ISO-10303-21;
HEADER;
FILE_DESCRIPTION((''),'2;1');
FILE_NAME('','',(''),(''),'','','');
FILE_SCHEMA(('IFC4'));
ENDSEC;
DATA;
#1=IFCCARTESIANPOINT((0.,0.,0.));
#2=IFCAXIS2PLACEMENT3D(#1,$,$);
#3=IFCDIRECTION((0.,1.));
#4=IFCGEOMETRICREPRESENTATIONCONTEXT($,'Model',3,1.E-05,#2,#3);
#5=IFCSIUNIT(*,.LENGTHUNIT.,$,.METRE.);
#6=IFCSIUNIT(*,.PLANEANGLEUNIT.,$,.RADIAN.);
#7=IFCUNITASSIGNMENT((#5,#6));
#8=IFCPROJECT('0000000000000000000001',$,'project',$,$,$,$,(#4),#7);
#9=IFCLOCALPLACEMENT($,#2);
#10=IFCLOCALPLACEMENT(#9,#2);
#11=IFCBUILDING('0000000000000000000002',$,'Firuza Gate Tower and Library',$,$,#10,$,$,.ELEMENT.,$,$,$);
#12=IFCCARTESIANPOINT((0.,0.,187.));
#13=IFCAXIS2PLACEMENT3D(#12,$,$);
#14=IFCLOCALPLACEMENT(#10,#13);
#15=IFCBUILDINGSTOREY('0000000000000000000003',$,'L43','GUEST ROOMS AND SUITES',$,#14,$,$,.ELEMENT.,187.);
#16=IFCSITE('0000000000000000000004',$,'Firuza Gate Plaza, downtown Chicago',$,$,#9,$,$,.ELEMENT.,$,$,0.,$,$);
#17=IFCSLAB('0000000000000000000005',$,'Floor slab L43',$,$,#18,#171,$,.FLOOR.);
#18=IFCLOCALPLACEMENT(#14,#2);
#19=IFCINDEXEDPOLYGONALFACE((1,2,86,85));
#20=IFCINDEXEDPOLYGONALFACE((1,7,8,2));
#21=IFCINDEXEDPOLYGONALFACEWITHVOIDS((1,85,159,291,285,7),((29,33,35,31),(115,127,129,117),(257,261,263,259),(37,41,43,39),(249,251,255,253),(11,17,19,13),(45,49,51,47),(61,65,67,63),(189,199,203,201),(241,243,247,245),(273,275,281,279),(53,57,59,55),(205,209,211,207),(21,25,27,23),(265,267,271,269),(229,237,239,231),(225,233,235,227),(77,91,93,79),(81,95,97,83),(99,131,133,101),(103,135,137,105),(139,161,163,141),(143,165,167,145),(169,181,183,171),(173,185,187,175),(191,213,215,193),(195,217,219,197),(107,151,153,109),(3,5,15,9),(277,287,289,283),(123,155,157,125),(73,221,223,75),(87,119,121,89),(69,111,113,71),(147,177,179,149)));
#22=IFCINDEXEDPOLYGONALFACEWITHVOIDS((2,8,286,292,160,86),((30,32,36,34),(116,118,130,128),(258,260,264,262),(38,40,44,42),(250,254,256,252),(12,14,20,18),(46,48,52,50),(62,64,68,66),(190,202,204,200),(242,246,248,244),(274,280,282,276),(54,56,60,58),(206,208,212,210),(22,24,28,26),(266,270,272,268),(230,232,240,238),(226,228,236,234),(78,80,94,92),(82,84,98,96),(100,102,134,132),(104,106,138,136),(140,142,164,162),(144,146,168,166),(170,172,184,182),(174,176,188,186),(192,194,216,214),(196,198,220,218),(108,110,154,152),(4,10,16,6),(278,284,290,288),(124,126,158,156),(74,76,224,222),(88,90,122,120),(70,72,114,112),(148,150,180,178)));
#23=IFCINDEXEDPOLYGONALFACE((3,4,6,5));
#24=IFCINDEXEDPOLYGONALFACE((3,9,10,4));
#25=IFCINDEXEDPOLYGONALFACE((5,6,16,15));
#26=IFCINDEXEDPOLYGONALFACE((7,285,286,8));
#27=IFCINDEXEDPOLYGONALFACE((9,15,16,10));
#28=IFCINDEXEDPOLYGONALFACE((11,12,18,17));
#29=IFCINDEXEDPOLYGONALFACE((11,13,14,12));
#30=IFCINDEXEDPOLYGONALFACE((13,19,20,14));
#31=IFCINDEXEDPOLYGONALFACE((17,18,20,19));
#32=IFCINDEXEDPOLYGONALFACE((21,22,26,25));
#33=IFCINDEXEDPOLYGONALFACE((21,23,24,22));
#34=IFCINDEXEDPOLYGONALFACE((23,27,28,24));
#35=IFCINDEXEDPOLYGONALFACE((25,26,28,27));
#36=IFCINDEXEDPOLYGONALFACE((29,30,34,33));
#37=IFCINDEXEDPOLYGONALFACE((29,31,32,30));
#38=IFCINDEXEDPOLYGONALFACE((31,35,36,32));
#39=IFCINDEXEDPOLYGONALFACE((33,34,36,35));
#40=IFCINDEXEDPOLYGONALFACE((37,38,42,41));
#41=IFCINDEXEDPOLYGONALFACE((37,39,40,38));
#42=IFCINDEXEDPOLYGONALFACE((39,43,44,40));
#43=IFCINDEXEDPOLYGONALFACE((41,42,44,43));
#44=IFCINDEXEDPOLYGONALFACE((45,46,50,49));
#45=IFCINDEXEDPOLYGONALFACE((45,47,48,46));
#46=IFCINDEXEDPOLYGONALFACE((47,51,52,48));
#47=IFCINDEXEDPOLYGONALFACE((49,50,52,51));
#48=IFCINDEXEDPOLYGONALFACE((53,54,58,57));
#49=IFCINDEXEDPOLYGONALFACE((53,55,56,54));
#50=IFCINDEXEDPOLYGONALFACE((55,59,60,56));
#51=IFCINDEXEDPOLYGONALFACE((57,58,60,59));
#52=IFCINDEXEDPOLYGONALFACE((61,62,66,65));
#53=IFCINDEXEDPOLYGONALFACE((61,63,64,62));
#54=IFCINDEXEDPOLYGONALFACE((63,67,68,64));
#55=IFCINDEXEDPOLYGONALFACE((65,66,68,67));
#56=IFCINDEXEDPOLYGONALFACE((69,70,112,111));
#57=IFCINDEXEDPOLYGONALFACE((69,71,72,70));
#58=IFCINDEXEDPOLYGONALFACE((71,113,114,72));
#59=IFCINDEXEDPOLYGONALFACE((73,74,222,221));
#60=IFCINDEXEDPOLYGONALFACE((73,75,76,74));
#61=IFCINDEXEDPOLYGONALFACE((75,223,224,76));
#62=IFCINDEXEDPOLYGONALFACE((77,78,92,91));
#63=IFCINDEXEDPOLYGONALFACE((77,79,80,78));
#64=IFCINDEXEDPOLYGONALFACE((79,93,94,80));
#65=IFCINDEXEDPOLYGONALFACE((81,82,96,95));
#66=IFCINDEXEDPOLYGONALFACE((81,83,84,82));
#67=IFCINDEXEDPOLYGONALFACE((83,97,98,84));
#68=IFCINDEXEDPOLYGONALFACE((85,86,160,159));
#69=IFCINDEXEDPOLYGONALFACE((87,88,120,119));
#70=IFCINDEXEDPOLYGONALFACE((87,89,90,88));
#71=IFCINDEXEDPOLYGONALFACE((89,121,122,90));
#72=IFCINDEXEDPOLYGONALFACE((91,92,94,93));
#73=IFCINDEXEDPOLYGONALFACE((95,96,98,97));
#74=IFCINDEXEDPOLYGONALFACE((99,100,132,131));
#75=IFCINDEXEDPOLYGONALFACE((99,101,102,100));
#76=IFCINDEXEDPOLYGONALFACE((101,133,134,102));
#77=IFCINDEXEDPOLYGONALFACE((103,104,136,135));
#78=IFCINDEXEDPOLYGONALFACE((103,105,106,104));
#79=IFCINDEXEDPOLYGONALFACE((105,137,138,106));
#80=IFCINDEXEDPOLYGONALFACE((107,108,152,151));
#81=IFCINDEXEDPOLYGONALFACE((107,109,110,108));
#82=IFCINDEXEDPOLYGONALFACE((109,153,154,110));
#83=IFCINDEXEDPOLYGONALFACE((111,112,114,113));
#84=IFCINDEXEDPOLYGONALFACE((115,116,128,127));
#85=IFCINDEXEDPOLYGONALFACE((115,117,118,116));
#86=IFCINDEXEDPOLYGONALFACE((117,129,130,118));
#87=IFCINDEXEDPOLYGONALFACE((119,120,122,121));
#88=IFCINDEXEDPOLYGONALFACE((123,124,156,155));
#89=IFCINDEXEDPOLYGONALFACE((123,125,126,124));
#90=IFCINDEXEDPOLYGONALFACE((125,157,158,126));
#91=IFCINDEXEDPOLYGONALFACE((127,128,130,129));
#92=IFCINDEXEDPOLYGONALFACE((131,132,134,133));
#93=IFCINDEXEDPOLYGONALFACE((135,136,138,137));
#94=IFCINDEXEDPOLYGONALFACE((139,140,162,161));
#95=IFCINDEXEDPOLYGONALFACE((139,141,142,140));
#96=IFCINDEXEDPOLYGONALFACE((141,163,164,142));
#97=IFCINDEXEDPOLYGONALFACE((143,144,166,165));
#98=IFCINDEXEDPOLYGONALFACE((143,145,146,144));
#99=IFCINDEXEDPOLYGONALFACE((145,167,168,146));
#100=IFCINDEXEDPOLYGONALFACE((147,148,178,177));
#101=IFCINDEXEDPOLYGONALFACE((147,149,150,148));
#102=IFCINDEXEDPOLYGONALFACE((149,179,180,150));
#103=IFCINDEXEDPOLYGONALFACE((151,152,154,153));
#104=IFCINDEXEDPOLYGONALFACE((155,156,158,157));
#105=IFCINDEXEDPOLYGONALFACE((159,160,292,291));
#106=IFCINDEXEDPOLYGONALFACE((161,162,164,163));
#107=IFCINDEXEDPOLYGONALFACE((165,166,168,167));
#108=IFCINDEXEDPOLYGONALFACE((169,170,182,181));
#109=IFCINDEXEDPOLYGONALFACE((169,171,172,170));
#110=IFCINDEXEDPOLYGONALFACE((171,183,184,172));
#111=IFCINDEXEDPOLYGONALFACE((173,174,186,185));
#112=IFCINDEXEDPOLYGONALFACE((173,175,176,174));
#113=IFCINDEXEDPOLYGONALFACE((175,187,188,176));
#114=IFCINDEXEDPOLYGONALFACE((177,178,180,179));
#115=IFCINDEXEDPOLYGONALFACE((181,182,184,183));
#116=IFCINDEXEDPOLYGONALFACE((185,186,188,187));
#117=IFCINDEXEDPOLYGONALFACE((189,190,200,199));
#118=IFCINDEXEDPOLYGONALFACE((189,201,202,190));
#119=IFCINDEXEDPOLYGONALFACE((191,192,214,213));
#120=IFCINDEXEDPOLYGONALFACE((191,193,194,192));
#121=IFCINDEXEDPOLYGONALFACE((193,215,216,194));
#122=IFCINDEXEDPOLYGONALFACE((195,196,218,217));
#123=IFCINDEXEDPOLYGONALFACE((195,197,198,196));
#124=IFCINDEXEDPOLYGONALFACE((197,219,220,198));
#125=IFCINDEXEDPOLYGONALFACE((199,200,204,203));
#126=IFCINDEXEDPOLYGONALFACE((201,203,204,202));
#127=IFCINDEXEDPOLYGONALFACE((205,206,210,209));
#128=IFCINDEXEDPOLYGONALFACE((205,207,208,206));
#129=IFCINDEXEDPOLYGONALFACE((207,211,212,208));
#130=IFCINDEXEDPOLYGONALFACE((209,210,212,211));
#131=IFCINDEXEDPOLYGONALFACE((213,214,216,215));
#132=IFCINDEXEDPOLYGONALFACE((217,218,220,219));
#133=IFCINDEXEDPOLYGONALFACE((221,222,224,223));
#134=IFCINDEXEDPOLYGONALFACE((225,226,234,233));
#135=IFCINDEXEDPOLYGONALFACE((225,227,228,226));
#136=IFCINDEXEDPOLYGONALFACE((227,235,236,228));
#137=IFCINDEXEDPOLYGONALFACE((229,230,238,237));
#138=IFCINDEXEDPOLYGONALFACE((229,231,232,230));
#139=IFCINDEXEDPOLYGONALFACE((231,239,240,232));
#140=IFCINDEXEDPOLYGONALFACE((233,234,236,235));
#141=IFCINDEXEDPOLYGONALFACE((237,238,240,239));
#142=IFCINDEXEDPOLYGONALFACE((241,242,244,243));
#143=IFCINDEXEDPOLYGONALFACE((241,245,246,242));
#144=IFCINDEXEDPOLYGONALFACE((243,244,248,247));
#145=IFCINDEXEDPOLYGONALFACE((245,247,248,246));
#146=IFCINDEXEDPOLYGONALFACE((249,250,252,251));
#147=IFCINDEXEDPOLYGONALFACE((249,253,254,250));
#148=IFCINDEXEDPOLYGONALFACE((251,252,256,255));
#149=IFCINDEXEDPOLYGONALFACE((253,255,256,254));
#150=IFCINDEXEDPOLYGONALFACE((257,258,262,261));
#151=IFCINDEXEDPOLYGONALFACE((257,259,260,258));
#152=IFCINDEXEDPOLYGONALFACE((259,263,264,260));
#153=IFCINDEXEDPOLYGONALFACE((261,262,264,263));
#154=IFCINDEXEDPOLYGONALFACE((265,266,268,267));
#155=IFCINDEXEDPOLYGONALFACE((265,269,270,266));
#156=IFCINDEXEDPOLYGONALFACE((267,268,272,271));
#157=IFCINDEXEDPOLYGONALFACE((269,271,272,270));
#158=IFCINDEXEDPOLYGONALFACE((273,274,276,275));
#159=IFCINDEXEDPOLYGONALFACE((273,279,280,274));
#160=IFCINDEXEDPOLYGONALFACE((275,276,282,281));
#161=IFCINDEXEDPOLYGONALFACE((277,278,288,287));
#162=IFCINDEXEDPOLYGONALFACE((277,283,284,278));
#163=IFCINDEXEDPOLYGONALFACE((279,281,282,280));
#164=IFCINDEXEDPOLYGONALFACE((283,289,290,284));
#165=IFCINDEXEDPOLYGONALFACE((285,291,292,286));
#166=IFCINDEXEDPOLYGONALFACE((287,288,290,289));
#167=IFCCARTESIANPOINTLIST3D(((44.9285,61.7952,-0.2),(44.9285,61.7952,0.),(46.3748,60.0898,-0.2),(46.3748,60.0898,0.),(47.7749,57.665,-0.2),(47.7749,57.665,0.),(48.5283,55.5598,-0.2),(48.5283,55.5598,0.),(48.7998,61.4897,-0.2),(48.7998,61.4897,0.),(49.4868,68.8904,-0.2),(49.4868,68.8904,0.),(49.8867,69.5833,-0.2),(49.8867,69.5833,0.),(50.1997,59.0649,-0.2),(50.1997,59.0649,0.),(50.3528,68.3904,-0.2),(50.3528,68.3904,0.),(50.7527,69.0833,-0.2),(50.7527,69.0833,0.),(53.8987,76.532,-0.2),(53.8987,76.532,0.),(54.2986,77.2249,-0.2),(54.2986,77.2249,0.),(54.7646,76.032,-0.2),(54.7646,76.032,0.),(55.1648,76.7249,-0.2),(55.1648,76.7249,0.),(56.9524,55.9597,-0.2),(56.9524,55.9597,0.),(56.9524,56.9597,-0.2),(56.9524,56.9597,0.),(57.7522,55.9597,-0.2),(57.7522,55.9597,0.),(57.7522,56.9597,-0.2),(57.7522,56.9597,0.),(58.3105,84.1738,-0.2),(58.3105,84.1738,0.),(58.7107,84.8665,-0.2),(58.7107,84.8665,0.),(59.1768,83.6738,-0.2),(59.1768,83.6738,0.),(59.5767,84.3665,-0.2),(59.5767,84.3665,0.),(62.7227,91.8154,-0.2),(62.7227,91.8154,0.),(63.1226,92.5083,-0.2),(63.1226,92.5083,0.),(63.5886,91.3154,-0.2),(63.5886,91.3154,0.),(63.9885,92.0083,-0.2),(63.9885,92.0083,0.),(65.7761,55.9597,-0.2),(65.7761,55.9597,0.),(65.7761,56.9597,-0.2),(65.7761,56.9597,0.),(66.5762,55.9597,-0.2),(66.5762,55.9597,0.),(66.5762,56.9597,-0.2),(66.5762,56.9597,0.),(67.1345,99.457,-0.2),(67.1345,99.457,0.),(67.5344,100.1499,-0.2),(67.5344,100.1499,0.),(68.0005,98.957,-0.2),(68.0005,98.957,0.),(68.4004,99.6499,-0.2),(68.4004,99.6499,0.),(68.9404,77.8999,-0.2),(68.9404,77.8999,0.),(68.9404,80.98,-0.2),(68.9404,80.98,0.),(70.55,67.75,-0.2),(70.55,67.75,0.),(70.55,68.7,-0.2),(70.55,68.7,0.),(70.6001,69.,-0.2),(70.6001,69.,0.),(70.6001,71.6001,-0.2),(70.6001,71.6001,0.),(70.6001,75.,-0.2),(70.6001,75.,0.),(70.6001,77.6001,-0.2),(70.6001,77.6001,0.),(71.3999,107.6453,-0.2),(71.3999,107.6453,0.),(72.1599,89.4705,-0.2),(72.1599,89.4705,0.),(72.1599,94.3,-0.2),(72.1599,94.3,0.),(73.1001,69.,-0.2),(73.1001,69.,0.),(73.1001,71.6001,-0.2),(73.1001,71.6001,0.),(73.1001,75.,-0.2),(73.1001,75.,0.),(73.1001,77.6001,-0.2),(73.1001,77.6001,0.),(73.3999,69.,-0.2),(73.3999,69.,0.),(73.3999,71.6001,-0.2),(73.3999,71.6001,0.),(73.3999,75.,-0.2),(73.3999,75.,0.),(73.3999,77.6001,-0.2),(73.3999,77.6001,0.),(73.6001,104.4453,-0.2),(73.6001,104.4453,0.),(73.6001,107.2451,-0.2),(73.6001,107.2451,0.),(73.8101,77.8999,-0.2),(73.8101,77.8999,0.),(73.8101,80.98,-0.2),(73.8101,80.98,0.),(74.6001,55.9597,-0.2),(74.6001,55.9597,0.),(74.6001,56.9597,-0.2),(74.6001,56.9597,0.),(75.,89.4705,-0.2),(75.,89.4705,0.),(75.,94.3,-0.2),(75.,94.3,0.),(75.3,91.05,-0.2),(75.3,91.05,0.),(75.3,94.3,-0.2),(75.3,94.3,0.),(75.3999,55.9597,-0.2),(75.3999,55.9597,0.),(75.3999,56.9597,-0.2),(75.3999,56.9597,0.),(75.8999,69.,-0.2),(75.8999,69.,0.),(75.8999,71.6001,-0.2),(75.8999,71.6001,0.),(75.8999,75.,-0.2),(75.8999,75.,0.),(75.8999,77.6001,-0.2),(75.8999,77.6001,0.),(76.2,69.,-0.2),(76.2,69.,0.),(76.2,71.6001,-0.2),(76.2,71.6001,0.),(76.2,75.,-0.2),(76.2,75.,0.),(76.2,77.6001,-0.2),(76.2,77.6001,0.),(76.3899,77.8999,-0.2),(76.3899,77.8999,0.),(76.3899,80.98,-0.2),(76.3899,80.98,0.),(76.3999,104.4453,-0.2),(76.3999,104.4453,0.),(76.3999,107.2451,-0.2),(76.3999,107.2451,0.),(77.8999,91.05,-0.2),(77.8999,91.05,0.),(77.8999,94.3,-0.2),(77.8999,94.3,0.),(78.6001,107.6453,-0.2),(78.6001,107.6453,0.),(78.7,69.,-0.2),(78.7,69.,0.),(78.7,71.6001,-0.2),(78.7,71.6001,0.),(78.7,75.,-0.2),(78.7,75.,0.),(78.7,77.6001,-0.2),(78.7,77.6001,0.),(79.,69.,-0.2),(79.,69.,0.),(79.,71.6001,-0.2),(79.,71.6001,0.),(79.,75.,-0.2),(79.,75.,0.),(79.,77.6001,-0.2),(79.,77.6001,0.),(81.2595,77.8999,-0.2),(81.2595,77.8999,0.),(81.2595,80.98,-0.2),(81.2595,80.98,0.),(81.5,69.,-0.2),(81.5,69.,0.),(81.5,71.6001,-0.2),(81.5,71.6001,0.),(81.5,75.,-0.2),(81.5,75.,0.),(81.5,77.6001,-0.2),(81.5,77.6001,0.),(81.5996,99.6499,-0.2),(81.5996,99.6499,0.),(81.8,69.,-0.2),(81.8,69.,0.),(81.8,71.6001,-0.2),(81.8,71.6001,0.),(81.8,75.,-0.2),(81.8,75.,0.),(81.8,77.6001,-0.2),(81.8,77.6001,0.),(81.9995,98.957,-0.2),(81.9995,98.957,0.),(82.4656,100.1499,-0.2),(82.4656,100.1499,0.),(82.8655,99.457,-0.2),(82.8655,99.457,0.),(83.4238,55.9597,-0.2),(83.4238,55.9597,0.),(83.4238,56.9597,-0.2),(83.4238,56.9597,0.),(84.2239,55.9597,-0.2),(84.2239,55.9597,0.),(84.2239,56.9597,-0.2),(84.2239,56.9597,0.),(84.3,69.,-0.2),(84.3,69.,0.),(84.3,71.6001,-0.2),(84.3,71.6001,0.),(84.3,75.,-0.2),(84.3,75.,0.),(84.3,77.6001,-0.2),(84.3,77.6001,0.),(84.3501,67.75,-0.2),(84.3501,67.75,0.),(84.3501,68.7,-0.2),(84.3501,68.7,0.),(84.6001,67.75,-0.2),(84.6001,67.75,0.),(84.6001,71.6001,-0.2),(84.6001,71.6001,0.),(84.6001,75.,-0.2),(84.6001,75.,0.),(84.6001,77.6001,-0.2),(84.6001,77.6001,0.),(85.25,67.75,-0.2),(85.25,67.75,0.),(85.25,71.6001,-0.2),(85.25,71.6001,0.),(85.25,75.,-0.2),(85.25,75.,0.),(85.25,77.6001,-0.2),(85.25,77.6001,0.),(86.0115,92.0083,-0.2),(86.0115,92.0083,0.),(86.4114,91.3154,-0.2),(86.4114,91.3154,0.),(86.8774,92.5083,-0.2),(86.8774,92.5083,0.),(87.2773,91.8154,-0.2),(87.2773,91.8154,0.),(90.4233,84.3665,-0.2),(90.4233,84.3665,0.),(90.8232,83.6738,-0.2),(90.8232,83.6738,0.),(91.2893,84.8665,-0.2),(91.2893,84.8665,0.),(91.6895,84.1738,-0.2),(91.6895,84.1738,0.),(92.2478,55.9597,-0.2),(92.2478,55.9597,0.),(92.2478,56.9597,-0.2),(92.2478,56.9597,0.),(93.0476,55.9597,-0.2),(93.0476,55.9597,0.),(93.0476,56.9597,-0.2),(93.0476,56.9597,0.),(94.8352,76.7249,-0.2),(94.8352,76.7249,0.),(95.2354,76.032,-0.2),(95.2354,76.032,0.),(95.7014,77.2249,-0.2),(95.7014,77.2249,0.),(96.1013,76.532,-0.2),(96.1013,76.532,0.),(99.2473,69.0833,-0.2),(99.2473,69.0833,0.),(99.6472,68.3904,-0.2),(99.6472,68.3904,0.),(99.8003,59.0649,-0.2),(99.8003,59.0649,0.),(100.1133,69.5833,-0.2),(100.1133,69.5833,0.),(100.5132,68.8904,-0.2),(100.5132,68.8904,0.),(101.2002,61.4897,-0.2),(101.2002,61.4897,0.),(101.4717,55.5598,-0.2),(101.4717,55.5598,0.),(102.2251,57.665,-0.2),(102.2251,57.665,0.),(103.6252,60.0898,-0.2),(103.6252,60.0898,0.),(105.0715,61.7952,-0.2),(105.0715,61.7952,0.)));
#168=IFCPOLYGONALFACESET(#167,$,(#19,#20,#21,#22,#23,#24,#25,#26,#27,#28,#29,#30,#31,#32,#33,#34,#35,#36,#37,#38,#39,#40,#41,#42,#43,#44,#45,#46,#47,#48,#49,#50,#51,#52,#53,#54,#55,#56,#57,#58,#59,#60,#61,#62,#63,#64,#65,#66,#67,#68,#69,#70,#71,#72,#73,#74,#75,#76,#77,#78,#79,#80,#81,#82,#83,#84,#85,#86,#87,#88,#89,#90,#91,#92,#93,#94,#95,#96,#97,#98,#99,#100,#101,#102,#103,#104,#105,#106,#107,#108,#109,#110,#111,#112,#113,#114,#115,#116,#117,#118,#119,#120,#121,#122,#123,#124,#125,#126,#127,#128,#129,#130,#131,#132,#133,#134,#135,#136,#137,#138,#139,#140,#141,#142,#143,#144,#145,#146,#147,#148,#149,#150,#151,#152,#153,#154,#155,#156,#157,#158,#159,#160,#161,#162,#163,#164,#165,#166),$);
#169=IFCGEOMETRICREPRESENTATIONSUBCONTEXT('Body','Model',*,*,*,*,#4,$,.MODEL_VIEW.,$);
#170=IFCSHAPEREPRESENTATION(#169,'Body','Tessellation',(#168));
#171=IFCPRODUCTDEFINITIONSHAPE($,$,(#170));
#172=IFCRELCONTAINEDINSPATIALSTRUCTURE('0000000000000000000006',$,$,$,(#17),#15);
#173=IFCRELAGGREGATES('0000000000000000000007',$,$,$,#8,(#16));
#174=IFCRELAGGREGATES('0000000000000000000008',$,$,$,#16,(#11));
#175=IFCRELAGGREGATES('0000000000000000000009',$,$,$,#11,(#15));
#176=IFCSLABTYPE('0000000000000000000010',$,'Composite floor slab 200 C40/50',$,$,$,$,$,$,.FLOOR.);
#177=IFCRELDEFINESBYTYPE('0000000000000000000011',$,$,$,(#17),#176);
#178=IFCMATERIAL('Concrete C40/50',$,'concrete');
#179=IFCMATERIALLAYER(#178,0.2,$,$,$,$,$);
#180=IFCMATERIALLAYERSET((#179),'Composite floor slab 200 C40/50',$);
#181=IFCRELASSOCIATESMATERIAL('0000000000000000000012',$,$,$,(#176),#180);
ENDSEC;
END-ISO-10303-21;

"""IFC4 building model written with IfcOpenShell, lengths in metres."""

from ifc_helpers import new_model, si_unit, direction, frame, origin, place, context, subcontext, project, spatial, polyline, outline, extrude, material, layer, layer_set, type_object, element, save


model = new_model("IFC4")

# Units and contexts
model_context = context("Model", 3, precision=1e-05, world=origin(), true_north=direction((0.0, 1.0)))
body_context = subcontext(model_context, "Body", "Model", "MODEL_VIEW")
ifc_project = project(units=[si_unit("LENGTHUNIT", "METRE"), si_unit("PLANEANGLEUNIT", "RADIAN")], contexts=[model_context])

# Site, building, storey
site_placement = place(None, origin())
site = spatial("IfcSite", under=ifc_project, at=site_placement, Name="Firuza Gate Plaza, downtown Chicago", CompositionType="ELEMENT", RefElevation=0.0)
building_placement = place(site_placement, origin())
building = spatial("IfcBuilding", under=site, at=building_placement, Name="Firuza Gate Tower and Library", CompositionType="ELEMENT")
storey_placement = place(building_placement, frame((0.0, 0.0, 187.0)))
storey = spatial("IfcBuildingStorey", under=building, at=storey_placement, Name="L43", Description="GUEST ROOMS AND SUITES", CompositionType="ELEMENT", Elevation=187.0)

# Slab
ifc_material_1 = material(Name="Concrete C40/50", Category="concrete")
ifc_layer_1 = layer(ifc_material_1, 0.2)
ifc_layer_set_1 = layer_set([ifc_layer_1], Name="Composite floor slab 200 C40/50")
slab_type_1 = type_object("IfcSlabType", Name="Composite floor slab 200 C40/50", PredefinedType="FLOOR", material=ifc_layer_set_1)
slab_1_placement = place(storey_placement, frame((0.0, 0.0, -0.2)))
element("IfcSlab", 1, at=slab_1_placement, inside=storey, type_object=slab_type_1, Name="Floor slab L43", PredefinedType="FLOOR", context=body_context, shape_type="SweptSolid", body=[
    extrude(outline(polyline([(44.9285, 61.7952), (48.5283, 55.5598), (101.4717, 55.5598), (105.0715, 61.7952), (78.6001, 107.6453), (71.3999, 107.6453), (44.9285, 61.7952)]), holes=[polyline([(56.9524, 55.9597), (56.9524, 56.9597), (57.7522, 56.9597), (57.7522, 55.9597), (56.9524, 55.9597)]), polyline([(74.6001, 55.9597), (74.6001, 56.9597), (75.3999, 56.9597), (75.3999, 55.9597), (74.6001, 55.9597)]), polyline([(65.7761, 55.9597), (65.7761, 56.9597), (66.5762, 56.9597), (66.5762, 55.9597), (65.7761, 55.9597)]), polyline([(46.3748, 60.0898), (48.7998, 61.4897), (50.1997, 59.0649), (47.7749, 57.665), (46.3748, 60.0898)]), polyline([(84.3501, 67.75), (70.55, 67.75), (70.55, 68.7), (84.3501, 68.7), (84.3501, 67.75)]), polyline([(49.8867, 69.5833), (50.7527, 69.0833), (50.3528, 68.3904), (49.4868, 68.8904), (49.8867, 69.5833)]), polyline([(73.1001, 69.0), (70.6001, 69.0), (70.6001, 71.6001), (73.1001, 71.6001), (73.1001, 69.0)]), polyline([(75.8999, 69.0), (73.3999, 69.0), (73.3999, 71.6001), (75.8999, 71.6001), (75.8999, 69.0)]), polyline([(73.1001, 75.0), (70.6001, 75.0), (70.6001, 77.6001), (73.1001, 77.6001), (73.1001, 75.0)]), polyline([(75.8999, 75.0), (73.3999, 75.0), (73.3999, 77.6001), (75.8999, 77.6001), (75.8999, 75.0)]), polyline([(54.2986, 77.2249), (55.1648, 76.7249), (54.7646, 76.032), (53.8987, 76.532), (54.2986, 77.2249)]), polyline([(73.8101, 77.8999), (68.9404, 77.8999), (68.9404, 80.98), (73.8101, 80.98), (73.8101, 77.8999)]), polyline([(58.7107, 84.8665), (59.5767, 84.3665), (59.1768, 83.6738), (58.3105, 84.1738), (58.7107, 84.8665)]), polyline([(72.1599, 89.4705), (72.1599, 94.3), (75.0, 94.3), (75.0, 89.4705), (72.1599, 89.4705)]), polyline([(63.1226, 92.5083), (63.9885, 92.0083), (63.5886, 91.3154), (62.7227, 91.8154), (63.1226, 92.5083)]), polyline([(75.3, 91.05), (75.3, 94.3), (77.8999, 94.3), (77.8999, 91.05), (75.3, 91.05)]), polyline([(68.4004, 99.6499), (68.0005, 98.957), (67.1345, 99.457), (67.5344, 100.1499), (68.4004, 99.6499)]), polyline([(76.3999, 107.2451), (76.3999, 104.4453), (73.6001, 104.4453), (73.6001, 107.2451), (76.3999, 107.2451)]), polyline([(92.2478, 55.9597), (92.2478, 56.9597), (93.0476, 56.9597), (93.0476, 55.9597), (92.2478, 55.9597)]), polyline([(83.4238, 55.9597), (83.4238, 56.9597), (84.2239, 56.9597), (84.2239, 55.9597), (83.4238, 55.9597)]), polyline([(102.2251, 57.665), (99.8003, 59.0649), (101.2002, 61.4897), (103.6252, 60.0898), (102.2251, 57.665)]), polyline([(100.5132, 68.8904), (99.6472, 68.3904), (99.2473, 69.0833), (100.1133, 69.5833), (100.5132, 68.8904)]), polyline([(85.25, 67.75), (84.6001, 67.75), (84.6001, 71.6001), (85.25, 71.6001), (85.25, 67.75)]), polyline([(81.5, 69.0), (79.0, 69.0), (79.0, 71.6001), (81.5, 71.6001), (81.5, 69.0)]), polyline([(81.8, 69.0), (81.8, 71.6001), (84.3, 71.6001), (84.3, 69.0), (81.8, 69.0)]), polyline([(76.2, 69.0), (76.2, 71.6001), (78.7, 71.6001), (78.7, 69.0), (76.2, 69.0)]), polyline([(81.5, 75.0), (79.0, 75.0), (79.0, 77.6001), (81.5, 77.6001), (81.5, 75.0)]), polyline([(84.3, 75.0), (81.8, 75.0), (81.8, 77.6001), (84.3, 77.6001), (84.3, 75.0)]), polyline([(85.25, 75.0), (84.6001, 75.0), (84.6001, 77.6001), (85.25, 77.6001), (85.25, 75.0)]), polyline([(78.7, 75.0), (76.2, 75.0), (76.2, 77.6001), (78.7, 77.6001), (78.7, 75.0)]), polyline([(96.1013, 76.532), (95.2354, 76.032), (94.8352, 76.7249), (95.7014, 77.2249), (96.1013, 76.532)]), polyline([(81.2595, 77.8999), (76.3899, 77.8999), (76.3899, 80.98), (81.2595, 80.98), (81.2595, 77.8999)]), polyline([(91.6895, 84.1738), (90.8232, 83.6738), (90.4233, 84.3665), (91.2893, 84.8665), (91.6895, 84.1738)]), polyline([(86.4114, 91.3154), (86.0115, 92.0083), (86.8774, 92.5083), (87.2773, 91.8154), (86.4114, 91.3154)]), polyline([(81.9995, 98.957), (81.5996, 99.6499), (82.4656, 100.1499), (82.8655, 99.457), (81.9995, 98.957)])]), origin(), (0.0, 0.0, 1.0), 0.2),
])

save(model, "model.ifc")
